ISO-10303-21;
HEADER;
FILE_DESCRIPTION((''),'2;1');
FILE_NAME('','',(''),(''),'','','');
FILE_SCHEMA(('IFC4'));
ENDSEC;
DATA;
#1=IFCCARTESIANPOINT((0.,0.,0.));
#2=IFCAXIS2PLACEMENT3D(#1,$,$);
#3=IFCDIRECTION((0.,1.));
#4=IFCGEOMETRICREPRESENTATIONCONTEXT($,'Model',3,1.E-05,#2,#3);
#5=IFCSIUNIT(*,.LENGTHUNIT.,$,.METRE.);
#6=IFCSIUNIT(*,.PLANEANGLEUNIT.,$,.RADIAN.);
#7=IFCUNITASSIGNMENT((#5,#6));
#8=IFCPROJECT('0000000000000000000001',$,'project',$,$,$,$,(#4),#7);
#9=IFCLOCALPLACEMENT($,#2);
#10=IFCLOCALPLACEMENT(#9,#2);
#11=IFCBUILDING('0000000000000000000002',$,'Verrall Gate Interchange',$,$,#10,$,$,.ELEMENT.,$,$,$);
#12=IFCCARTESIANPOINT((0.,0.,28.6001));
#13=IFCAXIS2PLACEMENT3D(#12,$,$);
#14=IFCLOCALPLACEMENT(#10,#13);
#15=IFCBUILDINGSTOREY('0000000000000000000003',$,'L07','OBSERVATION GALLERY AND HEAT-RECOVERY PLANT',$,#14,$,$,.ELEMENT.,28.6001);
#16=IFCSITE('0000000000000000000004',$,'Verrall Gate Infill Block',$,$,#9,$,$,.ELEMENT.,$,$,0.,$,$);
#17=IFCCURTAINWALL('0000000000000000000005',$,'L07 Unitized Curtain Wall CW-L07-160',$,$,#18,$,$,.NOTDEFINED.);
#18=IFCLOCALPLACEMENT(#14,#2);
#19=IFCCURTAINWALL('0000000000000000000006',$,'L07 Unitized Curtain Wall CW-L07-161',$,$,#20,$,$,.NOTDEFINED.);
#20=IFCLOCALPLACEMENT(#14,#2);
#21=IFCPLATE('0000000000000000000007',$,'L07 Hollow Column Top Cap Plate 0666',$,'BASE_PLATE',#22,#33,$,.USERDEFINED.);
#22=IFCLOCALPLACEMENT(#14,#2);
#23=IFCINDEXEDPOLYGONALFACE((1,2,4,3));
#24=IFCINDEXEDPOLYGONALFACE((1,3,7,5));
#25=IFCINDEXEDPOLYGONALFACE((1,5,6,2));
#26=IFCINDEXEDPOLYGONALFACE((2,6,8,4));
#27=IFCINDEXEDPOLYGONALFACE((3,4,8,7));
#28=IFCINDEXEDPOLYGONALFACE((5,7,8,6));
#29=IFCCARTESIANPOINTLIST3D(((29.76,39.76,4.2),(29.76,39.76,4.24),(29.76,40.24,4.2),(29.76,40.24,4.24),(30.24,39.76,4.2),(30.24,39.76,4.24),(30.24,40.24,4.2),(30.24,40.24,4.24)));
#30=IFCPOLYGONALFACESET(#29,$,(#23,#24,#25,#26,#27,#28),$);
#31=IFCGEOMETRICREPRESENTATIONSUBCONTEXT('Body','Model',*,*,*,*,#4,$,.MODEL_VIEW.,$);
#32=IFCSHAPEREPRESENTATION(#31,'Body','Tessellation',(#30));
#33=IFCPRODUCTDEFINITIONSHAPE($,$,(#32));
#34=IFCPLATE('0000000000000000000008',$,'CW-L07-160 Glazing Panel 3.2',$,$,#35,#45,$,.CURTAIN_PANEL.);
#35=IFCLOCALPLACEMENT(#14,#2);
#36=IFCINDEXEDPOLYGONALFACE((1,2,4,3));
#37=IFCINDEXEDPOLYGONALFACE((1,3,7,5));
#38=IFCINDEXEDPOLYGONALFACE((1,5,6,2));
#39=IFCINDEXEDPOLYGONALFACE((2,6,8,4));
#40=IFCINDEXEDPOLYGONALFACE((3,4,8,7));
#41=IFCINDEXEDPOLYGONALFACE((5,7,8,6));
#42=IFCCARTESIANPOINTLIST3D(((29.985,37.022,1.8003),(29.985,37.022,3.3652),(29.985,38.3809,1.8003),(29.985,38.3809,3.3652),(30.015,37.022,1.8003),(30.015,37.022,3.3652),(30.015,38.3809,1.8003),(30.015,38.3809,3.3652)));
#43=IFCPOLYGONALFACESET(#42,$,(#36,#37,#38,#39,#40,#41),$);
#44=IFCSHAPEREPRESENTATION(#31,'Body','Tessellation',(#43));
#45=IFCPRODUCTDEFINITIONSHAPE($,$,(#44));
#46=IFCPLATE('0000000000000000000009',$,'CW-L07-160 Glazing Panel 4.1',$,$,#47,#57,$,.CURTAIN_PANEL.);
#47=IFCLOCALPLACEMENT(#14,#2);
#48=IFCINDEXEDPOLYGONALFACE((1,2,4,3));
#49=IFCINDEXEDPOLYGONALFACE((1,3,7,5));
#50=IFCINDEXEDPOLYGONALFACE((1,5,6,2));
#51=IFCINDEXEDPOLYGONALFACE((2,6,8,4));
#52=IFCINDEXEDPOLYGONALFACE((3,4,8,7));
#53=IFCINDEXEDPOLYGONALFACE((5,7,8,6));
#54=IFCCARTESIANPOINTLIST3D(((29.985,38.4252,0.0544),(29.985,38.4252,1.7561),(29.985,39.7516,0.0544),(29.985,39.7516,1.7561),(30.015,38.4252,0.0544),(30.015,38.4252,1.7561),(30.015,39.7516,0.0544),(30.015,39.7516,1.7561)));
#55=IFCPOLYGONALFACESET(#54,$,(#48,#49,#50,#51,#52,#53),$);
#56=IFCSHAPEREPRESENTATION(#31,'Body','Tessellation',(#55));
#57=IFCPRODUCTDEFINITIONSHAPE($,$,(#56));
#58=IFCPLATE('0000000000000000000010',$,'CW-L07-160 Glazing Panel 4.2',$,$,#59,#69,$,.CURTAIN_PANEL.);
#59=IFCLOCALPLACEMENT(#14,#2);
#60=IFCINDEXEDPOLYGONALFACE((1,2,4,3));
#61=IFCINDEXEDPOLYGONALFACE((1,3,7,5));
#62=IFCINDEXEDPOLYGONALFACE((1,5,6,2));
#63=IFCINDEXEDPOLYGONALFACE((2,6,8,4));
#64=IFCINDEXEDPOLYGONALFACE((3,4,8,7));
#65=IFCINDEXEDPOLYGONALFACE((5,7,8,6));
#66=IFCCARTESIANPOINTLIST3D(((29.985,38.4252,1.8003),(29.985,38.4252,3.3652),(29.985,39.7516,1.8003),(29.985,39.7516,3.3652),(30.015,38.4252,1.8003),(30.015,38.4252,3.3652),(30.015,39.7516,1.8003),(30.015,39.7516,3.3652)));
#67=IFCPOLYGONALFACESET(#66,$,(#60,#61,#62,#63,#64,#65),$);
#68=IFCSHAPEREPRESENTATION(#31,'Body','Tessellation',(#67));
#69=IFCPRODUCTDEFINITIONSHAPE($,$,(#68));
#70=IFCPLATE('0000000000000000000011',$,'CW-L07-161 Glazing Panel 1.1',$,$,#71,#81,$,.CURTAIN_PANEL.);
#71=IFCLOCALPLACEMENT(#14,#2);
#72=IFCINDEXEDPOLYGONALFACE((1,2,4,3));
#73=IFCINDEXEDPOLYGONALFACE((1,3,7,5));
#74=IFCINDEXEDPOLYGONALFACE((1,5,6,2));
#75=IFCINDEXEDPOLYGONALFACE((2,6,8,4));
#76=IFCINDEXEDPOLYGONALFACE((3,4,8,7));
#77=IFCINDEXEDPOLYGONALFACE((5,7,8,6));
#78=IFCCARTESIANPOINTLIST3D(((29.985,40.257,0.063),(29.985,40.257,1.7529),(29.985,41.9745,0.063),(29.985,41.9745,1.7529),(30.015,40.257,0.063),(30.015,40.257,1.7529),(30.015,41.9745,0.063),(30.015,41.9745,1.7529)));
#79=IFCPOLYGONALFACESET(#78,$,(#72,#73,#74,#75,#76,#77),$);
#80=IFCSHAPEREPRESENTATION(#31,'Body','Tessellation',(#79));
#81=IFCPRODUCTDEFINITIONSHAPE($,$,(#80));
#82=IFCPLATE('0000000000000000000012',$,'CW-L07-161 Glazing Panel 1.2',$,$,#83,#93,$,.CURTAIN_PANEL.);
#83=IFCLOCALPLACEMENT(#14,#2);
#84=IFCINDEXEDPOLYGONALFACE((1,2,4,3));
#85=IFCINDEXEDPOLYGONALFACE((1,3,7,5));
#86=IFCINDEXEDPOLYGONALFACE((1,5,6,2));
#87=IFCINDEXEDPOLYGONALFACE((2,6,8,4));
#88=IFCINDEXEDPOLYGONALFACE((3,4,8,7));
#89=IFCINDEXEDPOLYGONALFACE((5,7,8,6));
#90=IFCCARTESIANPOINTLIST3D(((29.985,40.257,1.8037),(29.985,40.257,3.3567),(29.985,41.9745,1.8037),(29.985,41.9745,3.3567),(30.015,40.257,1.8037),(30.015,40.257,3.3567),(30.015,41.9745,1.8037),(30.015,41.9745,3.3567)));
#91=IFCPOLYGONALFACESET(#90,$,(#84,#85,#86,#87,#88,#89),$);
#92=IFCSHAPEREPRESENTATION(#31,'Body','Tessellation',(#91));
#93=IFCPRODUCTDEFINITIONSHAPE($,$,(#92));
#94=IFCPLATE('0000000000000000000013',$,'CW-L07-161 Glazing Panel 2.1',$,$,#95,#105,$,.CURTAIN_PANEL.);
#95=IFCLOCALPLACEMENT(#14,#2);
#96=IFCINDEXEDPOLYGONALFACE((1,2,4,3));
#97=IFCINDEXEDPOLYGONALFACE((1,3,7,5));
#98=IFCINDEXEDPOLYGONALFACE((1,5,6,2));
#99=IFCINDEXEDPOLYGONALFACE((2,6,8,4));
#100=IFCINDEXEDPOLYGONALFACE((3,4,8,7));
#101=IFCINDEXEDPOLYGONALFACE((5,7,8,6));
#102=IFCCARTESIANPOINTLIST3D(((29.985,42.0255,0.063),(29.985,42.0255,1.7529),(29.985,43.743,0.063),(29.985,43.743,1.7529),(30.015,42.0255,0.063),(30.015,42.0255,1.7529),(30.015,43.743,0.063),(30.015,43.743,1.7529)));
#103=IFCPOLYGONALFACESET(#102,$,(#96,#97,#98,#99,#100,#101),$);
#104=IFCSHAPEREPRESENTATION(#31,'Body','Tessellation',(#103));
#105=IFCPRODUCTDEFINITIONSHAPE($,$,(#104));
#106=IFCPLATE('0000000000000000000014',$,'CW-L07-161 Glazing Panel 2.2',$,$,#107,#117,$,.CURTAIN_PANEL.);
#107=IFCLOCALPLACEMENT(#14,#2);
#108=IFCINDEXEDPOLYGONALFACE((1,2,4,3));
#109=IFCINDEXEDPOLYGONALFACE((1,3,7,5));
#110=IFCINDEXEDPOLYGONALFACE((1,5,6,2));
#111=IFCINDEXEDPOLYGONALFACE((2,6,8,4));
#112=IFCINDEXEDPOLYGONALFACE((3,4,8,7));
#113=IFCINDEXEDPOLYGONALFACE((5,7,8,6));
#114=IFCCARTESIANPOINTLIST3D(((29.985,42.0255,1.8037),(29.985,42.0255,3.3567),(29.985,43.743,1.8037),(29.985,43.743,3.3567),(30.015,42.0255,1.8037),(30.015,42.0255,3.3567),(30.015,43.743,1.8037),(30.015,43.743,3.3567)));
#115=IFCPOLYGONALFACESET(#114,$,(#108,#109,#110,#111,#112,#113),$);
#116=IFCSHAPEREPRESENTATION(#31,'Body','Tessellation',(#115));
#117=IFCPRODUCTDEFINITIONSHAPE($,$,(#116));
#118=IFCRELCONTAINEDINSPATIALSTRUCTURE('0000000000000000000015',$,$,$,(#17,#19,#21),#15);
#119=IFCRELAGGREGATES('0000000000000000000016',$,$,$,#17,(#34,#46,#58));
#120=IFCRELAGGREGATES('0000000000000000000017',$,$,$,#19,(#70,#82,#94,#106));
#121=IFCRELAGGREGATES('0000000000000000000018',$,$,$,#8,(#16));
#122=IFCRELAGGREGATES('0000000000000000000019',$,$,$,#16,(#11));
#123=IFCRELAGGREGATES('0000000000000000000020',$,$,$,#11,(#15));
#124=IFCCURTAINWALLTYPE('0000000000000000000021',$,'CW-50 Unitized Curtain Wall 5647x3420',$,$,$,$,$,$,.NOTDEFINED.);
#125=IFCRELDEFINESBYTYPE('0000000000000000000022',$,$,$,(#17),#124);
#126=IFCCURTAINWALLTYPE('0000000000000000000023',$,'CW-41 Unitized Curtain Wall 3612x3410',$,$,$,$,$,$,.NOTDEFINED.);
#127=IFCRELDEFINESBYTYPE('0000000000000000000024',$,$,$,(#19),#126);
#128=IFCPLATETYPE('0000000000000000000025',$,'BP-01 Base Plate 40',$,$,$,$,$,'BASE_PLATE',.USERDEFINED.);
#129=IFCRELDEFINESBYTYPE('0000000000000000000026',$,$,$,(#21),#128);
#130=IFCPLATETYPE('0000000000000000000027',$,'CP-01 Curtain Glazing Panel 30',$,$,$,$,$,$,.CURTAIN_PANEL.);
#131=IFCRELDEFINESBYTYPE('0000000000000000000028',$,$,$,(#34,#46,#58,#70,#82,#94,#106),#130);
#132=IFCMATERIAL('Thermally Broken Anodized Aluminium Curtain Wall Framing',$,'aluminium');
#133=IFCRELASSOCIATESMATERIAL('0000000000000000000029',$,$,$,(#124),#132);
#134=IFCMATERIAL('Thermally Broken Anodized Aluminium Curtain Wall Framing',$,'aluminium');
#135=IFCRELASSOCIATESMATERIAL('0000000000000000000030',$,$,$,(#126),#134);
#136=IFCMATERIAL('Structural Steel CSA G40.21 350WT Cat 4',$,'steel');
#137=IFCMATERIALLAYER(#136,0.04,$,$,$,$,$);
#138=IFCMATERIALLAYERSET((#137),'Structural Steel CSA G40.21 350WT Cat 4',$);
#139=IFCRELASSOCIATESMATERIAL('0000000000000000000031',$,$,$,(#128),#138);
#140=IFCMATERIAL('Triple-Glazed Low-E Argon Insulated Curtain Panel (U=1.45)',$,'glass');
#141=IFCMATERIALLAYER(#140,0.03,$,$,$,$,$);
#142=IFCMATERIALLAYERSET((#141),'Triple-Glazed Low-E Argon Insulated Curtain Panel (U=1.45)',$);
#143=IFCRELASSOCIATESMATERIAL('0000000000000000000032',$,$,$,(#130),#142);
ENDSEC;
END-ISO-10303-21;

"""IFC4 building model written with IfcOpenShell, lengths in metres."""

from ifc_helpers import new_model, si_unit, direction, frame, origin, origin_2d, place, context, subcontext, project, spatial, rectangle, extrude, material, layer, layer_set, type_object, element, aggregate, save


model = new_model("IFC4")

# Units and contexts
model_context = context("Model", 3, precision=1e-05, world=origin(), true_north=direction((0.0, 1.0)))
body_context = subcontext(model_context, "Body", "Model", "MODEL_VIEW")
ifc_project = project(units=[si_unit("LENGTHUNIT", "METRE"), si_unit("PLANEANGLEUNIT", "RADIAN")], contexts=[model_context])

# Site, building, storey
site_placement = place(None, origin())
site = spatial("IfcSite", under=ifc_project, at=site_placement, Name="Verrall Gate Infill Block", CompositionType="ELEMENT", RefElevation=0.0)
building_placement = place(site_placement, origin())
building = spatial("IfcBuilding", under=site, at=building_placement, Name="Verrall Gate Interchange", CompositionType="ELEMENT")
storey_placement = place(building_placement, frame((0.0, 0.0, 28.6001)))
storey = spatial("IfcBuildingStorey", under=building, at=storey_placement, Name="L07", Description="OBSERVATION GALLERY AND HEAT-RECOVERY PLANT", CompositionType="ELEMENT", Elevation=28.6001)

# Curtain wall
ifc_material_1 = material(Name="Thermally Broken Anodized Aluminium Curtain Wall Framing", Category="aluminium")
curtain_wall_type_1 = type_object("IfcCurtainWallType", Name="CW-50 Unitized Curtain Wall 5647x3420", PredefinedType="NOTDEFINED", material=ifc_material_1)
curtain_wall_1_placement = place(storey_placement, origin())
curtain_wall_1 = element("IfcCurtainWall", 1, at=curtain_wall_1_placement, inside=storey, type_object=curtain_wall_type_1, Name="L07 Unitized Curtain Wall CW-L07-160", PredefinedType="NOTDEFINED")

# Curtain wall
ifc_material_2 = material(Name="Thermally Broken Anodized Aluminium Curtain Wall Framing", Category="aluminium")
curtain_wall_type_2 = type_object("IfcCurtainWallType", Name="CW-41 Unitized Curtain Wall 3612x3410", PredefinedType="NOTDEFINED", material=ifc_material_2)
curtain_wall_2_placement = place(storey_placement, origin())
curtain_wall_2 = element("IfcCurtainWall", 2, at=curtain_wall_2_placement, inside=storey, type_object=curtain_wall_type_2, Name="L07 Unitized Curtain Wall CW-L07-161", PredefinedType="NOTDEFINED")

# Plate
ifc_material_3 = material(Name="Structural Steel CSA G40.21 350WT Cat 4", Category="steel")
ifc_layer_1 = layer(ifc_material_3, 0.04)
ifc_layer_set_1 = layer_set([ifc_layer_1], Name="Structural Steel CSA G40.21 350WT Cat 4")
plate_type_1 = type_object("IfcPlateType", Name="BP-01 Base Plate 40", ElementType="BASE_PLATE", PredefinedType="USERDEFINED", material=ifc_layer_set_1)
for number, where, z_axis, x_axis, name in (
    (3, (30.0, 40.0, 4.2), (0.0, 0.0, 1.0), (1.0, 0.0, 0.0), "L07 Hollow Column Top Cap Plate 0666"),
):
    element("IfcPlate", number, at=place(storey_placement, frame(where, z_axis=z_axis, x_axis=x_axis)), inside=storey, type_object=plate_type_1, Name=name, ObjectType="BASE_PLATE", PredefinedType="USERDEFINED", context=body_context, shape_type="SweptSolid", body=[
        extrude(rectangle(XDim=0.48, YDim=0.48, at=origin_2d()), origin(), (0.0, 0.0, 1.0), 0.04),
    ])

# Plates
ifc_material_4 = material(Name="Triple-Glazed Low-E Argon Insulated Curtain Panel (U=1.45)", Category="glass")
ifc_layer_2 = layer(ifc_material_4, 0.03)
ifc_layer_set_2 = layer_set([ifc_layer_2], Name="Triple-Glazed Low-E Argon Insulated Curtain Panel (U=1.45)")
plate_type_2 = type_object("IfcPlateType", Name="CP-01 Curtain Glazing Panel 30", PredefinedType="CURTAIN_PANEL", material=ifc_layer_set_2)
plate_1_placement = place(storey_placement, frame((30.0, 37.7014, 1.8003), z_axis=(0.0, 0.0, 1.0), x_axis=(0.0, 1.0, 0.0)))
plate_1 = element("IfcPlate", 4, at=plate_1_placement, type_object=plate_type_2, Name="CW-L07-160 Glazing Panel 3.2", PredefinedType="CURTAIN_PANEL", context=body_context, shape_type="SweptSolid", body=[
    extrude(rectangle(XDim=1.3589, YDim=0.03, at=origin_2d()), origin(), (0.0, 0.0, 1.0), 1.5649),
])
plate_2_placement = place(storey_placement, frame((30.0, 39.0884, 0.0544), z_axis=(0.0, 0.0, 1.0), x_axis=(0.0, 1.0, 0.0)))
plate_2 = element("IfcPlate", 5, at=plate_2_placement, type_object=plate_type_2, Name="CW-L07-160 Glazing Panel 4.1", PredefinedType="CURTAIN_PANEL", context=body_context, shape_type="SweptSolid", body=[
    extrude(rectangle(XDim=1.3264, YDim=0.03, at=origin_2d()), origin(), (0.0, 0.0, 1.0), 1.7017),
])
plate_3_placement = place(storey_placement, frame((30.0, 39.0884, 1.8003), z_axis=(0.0, 0.0, 1.0), x_axis=(0.0, 1.0, 0.0)))
plate_3 = element("IfcPlate", 6, at=plate_3_placement, type_object=plate_type_2, Name="CW-L07-160 Glazing Panel 4.2", PredefinedType="CURTAIN_PANEL", context=body_context, shape_type="SweptSolid", body=[
    extrude(rectangle(XDim=1.3264, YDim=0.03, at=origin_2d()), origin(), (0.0, 0.0, 1.0), 1.5649),
])
aggregate(curtain_wall_1, [plate_1, plate_2, plate_3])
plate_4_placement = place(storey_placement, frame((30.0, 41.1157, 0.063), z_axis=(0.0, 0.0, 1.0), x_axis=(0.0, 1.0, 0.0)))
plate_4 = element("IfcPlate", 7, at=plate_4_placement, type_object=plate_type_2, Name="CW-L07-161 Glazing Panel 1.1", PredefinedType="CURTAIN_PANEL", context=body_context, shape_type="SweptSolid", body=[
    extrude(rectangle(XDim=1.7175, YDim=0.03, at=origin_2d()), origin(), (0.0, 0.0, 1.0), 1.6899),
])
plate_5_placement = place(storey_placement, frame((30.0, 41.1157, 1.8037), z_axis=(0.0, 0.0, 1.0), x_axis=(0.0, 1.0, 0.0)))
plate_5 = element("IfcPlate", 8, at=plate_5_placement, type_object=plate_type_2, Name="CW-L07-161 Glazing Panel 1.2", PredefinedType="CURTAIN_PANEL", context=body_context, shape_type="SweptSolid", body=[
    extrude(rectangle(XDim=1.7175, YDim=0.03, at=origin_2d()), origin(), (0.0, 0.0, 1.0), 1.553),
])
plate_6_placement = place(storey_placement, frame((30.0, 42.8843, 0.063), z_axis=(0.0, 0.0, 1.0), x_axis=(0.0, 1.0, 0.0)))
plate_6 = element("IfcPlate", 9, at=plate_6_placement, type_object=plate_type_2, Name="CW-L07-161 Glazing Panel 2.1", PredefinedType="CURTAIN_PANEL", context=body_context, shape_type="SweptSolid", body=[
    extrude(rectangle(XDim=1.7175, YDim=0.03, at=origin_2d()), origin(), (0.0, 0.0, 1.0), 1.6899),
])
plate_7_placement = place(storey_placement, frame((30.0, 42.8843, 1.8037), z_axis=(0.0, 0.0, 1.0), x_axis=(0.0, 1.0, 0.0)))
plate_7 = element("IfcPlate", 10, at=plate_7_placement, type_object=plate_type_2, Name="CW-L07-161 Glazing Panel 2.2", PredefinedType="CURTAIN_PANEL", context=body_context, shape_type="SweptSolid", body=[
    extrude(rectangle(XDim=1.7175, YDim=0.03, at=origin_2d()), origin(), (0.0, 0.0, 1.0), 1.553),
])
aggregate(curtain_wall_2, [plate_4, plate_5, plate_6, plate_7])

save(model, "model.ifc")
